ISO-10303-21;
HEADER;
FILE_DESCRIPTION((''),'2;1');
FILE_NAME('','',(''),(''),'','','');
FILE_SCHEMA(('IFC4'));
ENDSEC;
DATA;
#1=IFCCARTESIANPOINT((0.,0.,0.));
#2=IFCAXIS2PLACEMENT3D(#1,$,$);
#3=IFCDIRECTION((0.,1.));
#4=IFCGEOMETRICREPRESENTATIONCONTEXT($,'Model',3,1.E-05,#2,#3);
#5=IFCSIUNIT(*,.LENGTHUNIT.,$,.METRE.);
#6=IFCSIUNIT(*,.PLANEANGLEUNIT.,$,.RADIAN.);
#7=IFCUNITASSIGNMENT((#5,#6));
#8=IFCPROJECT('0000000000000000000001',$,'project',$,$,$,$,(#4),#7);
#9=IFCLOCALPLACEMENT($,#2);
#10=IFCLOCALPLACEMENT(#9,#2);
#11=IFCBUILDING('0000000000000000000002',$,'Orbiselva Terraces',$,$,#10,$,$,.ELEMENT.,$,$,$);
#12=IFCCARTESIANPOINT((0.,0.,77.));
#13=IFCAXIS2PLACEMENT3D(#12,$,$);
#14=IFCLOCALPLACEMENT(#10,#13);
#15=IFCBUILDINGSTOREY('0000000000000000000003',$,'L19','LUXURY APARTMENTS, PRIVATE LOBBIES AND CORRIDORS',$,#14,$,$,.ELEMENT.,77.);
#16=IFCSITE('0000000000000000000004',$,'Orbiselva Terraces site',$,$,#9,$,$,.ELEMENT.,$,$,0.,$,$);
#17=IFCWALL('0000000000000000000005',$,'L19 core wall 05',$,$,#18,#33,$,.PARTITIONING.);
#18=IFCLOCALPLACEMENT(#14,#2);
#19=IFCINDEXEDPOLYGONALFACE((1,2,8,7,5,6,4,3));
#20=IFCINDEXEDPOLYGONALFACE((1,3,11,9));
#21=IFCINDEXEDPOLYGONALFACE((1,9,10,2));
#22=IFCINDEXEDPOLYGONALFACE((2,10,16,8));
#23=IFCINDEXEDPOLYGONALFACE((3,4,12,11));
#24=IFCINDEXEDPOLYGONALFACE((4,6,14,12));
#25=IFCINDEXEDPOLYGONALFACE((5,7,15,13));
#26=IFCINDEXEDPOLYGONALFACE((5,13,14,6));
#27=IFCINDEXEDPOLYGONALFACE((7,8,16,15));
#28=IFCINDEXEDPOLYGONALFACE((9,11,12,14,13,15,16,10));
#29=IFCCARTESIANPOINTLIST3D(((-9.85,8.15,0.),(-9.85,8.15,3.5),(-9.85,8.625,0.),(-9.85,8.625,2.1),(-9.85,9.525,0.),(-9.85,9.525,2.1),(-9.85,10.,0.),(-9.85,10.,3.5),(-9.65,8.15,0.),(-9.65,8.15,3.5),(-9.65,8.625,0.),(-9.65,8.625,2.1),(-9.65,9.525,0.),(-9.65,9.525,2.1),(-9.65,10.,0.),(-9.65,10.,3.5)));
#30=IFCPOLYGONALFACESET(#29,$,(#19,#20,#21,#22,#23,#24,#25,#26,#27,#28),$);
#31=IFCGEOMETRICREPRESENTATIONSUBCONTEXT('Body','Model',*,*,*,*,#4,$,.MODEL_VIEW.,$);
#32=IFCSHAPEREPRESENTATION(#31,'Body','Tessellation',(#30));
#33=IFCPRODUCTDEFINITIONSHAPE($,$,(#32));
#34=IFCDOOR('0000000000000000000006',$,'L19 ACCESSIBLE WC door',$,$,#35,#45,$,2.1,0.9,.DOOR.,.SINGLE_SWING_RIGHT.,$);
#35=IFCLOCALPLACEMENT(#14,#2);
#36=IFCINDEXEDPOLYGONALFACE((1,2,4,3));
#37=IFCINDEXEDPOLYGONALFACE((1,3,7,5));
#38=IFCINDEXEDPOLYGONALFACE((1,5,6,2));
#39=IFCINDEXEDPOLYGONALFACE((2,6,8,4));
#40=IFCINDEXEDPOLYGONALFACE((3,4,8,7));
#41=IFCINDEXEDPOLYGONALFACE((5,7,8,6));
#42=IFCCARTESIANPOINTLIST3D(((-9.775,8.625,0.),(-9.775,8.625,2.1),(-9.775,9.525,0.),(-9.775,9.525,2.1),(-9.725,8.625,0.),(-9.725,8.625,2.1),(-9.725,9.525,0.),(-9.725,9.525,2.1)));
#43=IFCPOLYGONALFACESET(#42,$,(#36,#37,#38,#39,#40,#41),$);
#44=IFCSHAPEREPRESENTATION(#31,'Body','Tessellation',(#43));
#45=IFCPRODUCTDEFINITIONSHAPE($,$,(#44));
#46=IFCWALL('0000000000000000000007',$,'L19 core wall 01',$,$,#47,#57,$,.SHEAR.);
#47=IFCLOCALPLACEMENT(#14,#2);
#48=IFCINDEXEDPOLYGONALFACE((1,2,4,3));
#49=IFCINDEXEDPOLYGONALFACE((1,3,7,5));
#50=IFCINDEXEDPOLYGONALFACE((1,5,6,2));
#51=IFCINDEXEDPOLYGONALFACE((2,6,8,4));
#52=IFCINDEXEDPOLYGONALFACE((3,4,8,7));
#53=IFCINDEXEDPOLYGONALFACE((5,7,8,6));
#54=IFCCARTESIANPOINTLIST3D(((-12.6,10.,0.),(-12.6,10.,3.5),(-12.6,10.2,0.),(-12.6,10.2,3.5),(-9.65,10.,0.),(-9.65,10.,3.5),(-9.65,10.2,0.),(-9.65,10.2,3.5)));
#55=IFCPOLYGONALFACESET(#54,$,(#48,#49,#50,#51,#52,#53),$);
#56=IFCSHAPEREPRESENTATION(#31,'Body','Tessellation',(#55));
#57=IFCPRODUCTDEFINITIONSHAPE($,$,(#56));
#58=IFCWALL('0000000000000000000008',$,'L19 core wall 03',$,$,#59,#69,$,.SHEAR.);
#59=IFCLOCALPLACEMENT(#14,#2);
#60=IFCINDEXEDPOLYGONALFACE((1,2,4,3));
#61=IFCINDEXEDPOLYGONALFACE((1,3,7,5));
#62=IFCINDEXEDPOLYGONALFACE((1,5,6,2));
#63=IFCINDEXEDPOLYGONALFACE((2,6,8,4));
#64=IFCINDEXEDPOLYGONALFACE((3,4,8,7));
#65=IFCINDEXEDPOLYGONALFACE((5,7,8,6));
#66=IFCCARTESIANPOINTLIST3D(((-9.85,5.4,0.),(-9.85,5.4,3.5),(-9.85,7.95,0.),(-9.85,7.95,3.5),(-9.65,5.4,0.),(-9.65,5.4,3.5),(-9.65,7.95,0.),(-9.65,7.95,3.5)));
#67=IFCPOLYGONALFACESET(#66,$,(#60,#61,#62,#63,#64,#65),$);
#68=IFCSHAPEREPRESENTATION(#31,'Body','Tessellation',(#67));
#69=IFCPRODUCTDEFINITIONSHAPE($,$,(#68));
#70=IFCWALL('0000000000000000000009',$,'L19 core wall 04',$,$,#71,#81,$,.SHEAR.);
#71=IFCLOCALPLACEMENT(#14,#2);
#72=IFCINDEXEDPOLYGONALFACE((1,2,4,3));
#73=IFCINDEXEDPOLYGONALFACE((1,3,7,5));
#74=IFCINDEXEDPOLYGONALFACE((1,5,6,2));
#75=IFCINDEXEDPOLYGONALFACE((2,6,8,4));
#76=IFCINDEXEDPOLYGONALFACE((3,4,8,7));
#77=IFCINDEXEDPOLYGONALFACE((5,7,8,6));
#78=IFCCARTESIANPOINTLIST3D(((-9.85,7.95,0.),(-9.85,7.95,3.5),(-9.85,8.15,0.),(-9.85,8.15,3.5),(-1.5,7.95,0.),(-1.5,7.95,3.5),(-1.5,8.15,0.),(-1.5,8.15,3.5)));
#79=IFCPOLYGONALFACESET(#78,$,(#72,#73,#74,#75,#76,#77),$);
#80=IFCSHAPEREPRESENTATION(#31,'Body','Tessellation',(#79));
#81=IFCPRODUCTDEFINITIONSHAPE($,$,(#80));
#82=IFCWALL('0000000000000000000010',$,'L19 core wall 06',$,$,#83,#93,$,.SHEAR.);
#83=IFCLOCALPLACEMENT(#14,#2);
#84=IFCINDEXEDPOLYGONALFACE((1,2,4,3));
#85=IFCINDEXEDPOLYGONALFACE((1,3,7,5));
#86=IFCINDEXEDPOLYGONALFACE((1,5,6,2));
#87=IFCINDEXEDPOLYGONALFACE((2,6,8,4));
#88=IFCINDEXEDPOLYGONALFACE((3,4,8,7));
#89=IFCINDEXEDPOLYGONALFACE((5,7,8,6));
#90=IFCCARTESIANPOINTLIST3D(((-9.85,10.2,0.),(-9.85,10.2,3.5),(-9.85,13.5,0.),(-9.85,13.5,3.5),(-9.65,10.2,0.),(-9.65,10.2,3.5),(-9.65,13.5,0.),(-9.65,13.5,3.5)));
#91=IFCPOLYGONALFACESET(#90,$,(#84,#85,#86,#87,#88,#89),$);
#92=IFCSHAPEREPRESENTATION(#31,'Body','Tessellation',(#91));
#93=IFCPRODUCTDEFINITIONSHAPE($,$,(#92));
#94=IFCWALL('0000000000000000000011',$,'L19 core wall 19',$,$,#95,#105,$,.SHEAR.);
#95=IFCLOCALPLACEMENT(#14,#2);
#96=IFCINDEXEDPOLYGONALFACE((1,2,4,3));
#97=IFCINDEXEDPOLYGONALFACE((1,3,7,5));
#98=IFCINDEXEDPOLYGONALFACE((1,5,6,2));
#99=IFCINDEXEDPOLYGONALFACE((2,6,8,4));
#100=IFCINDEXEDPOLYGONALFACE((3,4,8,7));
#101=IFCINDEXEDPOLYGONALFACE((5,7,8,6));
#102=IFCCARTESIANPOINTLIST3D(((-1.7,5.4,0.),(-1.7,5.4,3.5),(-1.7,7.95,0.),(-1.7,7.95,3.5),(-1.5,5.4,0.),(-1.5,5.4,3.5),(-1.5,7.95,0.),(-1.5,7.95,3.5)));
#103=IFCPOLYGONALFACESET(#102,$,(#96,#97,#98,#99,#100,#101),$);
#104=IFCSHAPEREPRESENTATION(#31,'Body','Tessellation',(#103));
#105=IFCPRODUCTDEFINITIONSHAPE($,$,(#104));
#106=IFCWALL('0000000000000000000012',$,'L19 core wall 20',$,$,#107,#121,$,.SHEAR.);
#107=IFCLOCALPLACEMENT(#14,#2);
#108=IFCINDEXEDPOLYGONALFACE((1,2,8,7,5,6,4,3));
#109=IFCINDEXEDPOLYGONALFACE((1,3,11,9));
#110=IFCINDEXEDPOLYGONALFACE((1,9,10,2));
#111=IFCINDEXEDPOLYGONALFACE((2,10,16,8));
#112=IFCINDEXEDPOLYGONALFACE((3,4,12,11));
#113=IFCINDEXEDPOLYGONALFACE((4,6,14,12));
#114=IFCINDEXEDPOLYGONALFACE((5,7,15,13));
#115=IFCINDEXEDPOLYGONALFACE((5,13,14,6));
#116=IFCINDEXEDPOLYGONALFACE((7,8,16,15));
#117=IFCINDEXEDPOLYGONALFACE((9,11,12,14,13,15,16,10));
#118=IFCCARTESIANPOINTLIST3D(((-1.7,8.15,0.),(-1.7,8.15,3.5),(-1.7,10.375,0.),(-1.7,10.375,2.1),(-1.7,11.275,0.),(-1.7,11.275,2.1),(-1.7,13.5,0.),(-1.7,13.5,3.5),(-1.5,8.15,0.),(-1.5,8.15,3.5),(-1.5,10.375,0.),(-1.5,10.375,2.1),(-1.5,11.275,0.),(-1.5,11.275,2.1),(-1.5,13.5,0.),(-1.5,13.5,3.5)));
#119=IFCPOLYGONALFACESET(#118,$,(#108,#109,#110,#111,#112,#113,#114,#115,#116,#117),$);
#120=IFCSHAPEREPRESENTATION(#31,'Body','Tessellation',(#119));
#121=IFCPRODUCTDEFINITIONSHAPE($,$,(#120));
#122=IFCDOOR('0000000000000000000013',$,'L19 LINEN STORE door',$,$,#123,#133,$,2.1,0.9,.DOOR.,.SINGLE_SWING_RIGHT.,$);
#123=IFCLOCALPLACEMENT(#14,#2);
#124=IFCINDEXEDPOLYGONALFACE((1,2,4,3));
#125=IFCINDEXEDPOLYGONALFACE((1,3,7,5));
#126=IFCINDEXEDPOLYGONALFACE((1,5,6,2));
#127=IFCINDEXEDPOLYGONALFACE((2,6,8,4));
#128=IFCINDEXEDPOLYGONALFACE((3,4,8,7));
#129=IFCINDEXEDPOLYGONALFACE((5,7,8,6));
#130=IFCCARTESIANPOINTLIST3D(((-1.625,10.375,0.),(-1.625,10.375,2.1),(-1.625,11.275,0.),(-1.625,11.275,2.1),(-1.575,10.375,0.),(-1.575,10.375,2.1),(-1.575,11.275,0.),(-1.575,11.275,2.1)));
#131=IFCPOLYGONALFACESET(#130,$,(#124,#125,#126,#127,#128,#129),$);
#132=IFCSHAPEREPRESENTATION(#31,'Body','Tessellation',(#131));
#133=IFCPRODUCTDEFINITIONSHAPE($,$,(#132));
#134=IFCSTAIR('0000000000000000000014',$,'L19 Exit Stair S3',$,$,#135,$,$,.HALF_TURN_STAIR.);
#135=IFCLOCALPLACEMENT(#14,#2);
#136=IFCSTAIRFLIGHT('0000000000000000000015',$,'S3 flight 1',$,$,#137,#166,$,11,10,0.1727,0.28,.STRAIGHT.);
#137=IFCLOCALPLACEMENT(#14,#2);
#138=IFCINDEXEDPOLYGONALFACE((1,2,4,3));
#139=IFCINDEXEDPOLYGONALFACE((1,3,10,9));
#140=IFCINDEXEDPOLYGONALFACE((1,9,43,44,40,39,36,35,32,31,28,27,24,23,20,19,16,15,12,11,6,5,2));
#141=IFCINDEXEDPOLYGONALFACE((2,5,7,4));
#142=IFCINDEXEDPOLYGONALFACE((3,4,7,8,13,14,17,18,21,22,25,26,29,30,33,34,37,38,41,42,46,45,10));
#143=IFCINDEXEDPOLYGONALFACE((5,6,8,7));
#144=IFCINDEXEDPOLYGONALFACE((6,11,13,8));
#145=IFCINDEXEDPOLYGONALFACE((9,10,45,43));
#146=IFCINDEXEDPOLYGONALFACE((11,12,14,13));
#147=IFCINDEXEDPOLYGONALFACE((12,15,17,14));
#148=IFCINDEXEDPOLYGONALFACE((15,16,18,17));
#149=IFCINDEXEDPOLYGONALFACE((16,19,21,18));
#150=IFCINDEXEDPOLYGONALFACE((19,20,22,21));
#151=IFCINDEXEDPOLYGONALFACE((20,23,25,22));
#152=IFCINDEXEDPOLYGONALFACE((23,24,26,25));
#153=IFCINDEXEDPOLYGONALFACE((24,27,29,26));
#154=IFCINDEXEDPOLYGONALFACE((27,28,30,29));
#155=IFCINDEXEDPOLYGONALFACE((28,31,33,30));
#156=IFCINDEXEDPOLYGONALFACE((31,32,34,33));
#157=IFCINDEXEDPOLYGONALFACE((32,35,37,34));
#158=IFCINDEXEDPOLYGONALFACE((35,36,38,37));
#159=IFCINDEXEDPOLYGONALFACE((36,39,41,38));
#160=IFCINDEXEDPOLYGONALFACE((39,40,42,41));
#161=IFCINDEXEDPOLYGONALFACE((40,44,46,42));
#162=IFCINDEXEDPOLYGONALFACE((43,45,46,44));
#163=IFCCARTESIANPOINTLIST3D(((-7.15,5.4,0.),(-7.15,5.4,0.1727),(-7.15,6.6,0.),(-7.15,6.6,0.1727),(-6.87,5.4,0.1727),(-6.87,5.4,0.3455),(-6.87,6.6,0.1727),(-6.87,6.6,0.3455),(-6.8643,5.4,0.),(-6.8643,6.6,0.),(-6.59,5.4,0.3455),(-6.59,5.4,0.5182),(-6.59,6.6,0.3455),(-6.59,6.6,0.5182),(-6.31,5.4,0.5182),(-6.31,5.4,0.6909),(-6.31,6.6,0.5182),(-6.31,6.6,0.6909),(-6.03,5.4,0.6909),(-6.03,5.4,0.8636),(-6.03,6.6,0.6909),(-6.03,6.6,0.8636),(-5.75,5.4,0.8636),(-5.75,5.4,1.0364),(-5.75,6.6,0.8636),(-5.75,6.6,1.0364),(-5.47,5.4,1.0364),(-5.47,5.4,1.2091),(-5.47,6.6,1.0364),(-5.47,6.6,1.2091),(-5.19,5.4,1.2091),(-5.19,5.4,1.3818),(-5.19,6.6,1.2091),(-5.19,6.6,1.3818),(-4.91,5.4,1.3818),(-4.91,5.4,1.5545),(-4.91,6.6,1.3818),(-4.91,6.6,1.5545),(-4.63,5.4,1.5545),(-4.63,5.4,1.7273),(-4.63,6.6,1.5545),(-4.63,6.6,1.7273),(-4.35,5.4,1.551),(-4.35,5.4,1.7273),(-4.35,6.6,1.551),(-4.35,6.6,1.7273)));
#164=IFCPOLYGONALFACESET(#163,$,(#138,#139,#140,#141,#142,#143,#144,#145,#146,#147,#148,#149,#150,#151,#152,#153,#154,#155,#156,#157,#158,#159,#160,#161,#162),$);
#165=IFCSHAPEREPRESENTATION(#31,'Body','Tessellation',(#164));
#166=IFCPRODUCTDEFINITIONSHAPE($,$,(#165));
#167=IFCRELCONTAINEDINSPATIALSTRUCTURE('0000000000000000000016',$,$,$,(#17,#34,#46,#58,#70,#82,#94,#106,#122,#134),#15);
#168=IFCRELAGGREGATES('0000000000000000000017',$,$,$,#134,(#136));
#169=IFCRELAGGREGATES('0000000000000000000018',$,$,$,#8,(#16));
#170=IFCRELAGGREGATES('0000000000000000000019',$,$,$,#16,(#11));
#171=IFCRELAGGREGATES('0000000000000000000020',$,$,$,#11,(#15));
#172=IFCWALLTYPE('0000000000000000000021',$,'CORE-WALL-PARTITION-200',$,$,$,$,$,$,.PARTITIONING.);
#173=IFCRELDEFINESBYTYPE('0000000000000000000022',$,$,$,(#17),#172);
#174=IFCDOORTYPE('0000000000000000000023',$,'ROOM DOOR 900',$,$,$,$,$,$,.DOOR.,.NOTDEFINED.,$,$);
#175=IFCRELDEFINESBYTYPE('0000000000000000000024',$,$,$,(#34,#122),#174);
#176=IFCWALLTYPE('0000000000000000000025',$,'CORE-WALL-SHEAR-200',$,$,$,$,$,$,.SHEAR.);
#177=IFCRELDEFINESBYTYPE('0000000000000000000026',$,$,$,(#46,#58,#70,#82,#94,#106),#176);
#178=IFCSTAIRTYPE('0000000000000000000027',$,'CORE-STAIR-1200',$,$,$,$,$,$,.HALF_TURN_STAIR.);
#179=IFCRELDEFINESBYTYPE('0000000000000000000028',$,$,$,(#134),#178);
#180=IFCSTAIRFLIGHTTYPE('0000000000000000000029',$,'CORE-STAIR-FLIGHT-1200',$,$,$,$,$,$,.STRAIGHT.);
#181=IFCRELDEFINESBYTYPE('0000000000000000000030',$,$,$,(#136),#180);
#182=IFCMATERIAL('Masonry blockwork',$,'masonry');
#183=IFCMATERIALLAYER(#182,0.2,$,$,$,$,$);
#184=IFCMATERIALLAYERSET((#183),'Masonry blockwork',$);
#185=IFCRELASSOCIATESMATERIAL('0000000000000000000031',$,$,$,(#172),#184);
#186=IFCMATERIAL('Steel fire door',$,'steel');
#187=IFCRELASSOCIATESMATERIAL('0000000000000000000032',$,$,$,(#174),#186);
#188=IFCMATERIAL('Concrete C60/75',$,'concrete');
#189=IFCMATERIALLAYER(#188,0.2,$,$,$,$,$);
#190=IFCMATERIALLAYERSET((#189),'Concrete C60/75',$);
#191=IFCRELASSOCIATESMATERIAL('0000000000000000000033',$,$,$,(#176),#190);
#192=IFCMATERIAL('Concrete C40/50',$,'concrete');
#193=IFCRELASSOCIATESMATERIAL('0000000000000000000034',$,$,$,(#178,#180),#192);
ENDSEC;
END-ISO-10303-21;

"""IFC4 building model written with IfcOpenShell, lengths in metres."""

from ifc_helpers import new_model, si_unit, direction, frame, frame_2d, origin, place, context, subcontext, project, spatial, polyline, rectangle, outline, extrude, material, layer, layer_set, type_object, element, fill, aggregate, save


model = new_model("IFC4")

# Units and contexts
model_context = context("Model", 3, precision=1e-05, world=origin(), true_north=direction((0.0, 1.0)))
body_context = subcontext(model_context, "Body", "Model", "MODEL_VIEW")
ifc_project = project(units=[si_unit("LENGTHUNIT", "METRE"), si_unit("PLANEANGLEUNIT", "RADIAN")], contexts=[model_context])

# Site, building, storey
site_placement = place(None, origin())
site = spatial("IfcSite", under=ifc_project, at=site_placement, Name="Orbiselva Terraces site", CompositionType="ELEMENT", RefElevation=0.0)
building_placement = place(site_placement, origin())
building = spatial("IfcBuilding", under=site, at=building_placement, Name="Orbiselva Terraces", CompositionType="ELEMENT")
storey_placement = place(building_placement, frame((0.0, 0.0, 77.0)))
storey = spatial("IfcBuildingStorey", under=building, at=storey_placement, Name="L19", Description="LUXURY APARTMENTS, PRIVATE LOBBIES AND CORRIDORS", CompositionType="ELEMENT", Elevation=77.0)

# Wall, opening, door
ifc_material_1 = material(Name="Masonry blockwork", Category="masonry")
ifc_layer_1 = layer(ifc_material_1, 0.2)
ifc_layer_set_1 = layer_set([ifc_layer_1], Name="Masonry blockwork")
wall_type_1 = type_object("IfcWallType", Name="CORE-WALL-PARTITION-200", PredefinedType="PARTITIONING", material=ifc_layer_set_1)
wall_1_placement = place(storey_placement, frame((-9.75, 8.15, 0.0), z_axis=(0.0, 0.0, 1.0), x_axis=(0.0, 1.0, 0.0)))
wall_1 = element("IfcWall", 1, at=wall_1_placement, inside=storey, type_object=wall_type_1, Name="L19 core wall 05", PredefinedType="PARTITIONING", context=body_context, shape_type="SweptSolid", body=[
    extrude(rectangle(XDim=1.85, YDim=0.2, at=frame_2d((0.925, 0.0))), origin(), (0.0, 0.0, 1.0), 3.5),
])
opening_1_placement = place(wall_1_placement, frame((0.475, 0.0, 0.0)))
opening_1 = element("IfcOpeningElement", 2, at=opening_1_placement, cuts=wall_1, PredefinedType="OPENING", context=body_context, shape_type="SweptSolid", body=[
    extrude(rectangle(XDim=0.9, YDim=2.1, at=frame_2d((0.45, 1.05))), frame((0.0, 0.11, 0.0), z_axis=(0.0, -1.0, 0.0), x_axis=(1.0, 0.0, 0.0)), (0.0, 0.0, 1.0), 0.22),
])
ifc_material_2 = material(Name="Steel fire door", Category="steel")
door_type = type_object("IfcDoorType", Name="ROOM DOOR 900", OperationType="NOTDEFINED", PredefinedType="DOOR", material=ifc_material_2)
door_1_placement = place(opening_1_placement, origin())
door_1 = element("IfcDoor", 3, at=door_1_placement, inside=storey, type_object=door_type, Name="L19 ACCESSIBLE WC door", OperationType="SINGLE_SWING_RIGHT", OverallHeight=2.1, OverallWidth=0.9, PredefinedType="DOOR", context=body_context, shape_type="SweptSolid", body=[
    extrude(rectangle(XDim=0.9, YDim=2.1, at=frame_2d((0.45, 1.05))), frame((0.0, 0.025, 0.0), z_axis=(0.0, -1.0, 0.0), x_axis=(1.0, 0.0, 0.0)), (0.0, 0.0, 1.0), 0.05),
])
fill(opening_1, door_1)

# Walls
ifc_material_3 = material(Name="Concrete C60/75", Category="concrete")
ifc_layer_2 = layer(ifc_material_3, 0.2)
ifc_layer_set_2 = layer_set([ifc_layer_2], Name="Concrete C60/75")
wall_type_2 = type_object("IfcWallType", Name="CORE-WALL-SHEAR-200", PredefinedType="SHEAR", material=ifc_layer_set_2)
wall_2_placement = place(storey_placement, frame((-12.6, 10.1, 0.0), z_axis=(0.0, 0.0, 1.0), x_axis=(1.0, 0.0, 0.0)))
element("IfcWall", 4, at=wall_2_placement, inside=storey, type_object=wall_type_2, Name="L19 core wall 01", PredefinedType="SHEAR", context=body_context, shape_type="SweptSolid", body=[
    extrude(rectangle(XDim=2.95, YDim=0.2, at=frame_2d((1.475, 0.0))), origin(), (0.0, 0.0, 1.0), 3.5),
])
wall_3_placement = place(storey_placement, frame((-9.75, 5.4, 0.0), z_axis=(0.0, 0.0, 1.0), x_axis=(0.0, 1.0, 0.0)))
element("IfcWall", 5, at=wall_3_placement, inside=storey, type_object=wall_type_2, Name="L19 core wall 03", PredefinedType="SHEAR", context=body_context, shape_type="SweptSolid", body=[
    extrude(rectangle(XDim=2.55, YDim=0.2, at=frame_2d((1.275, 0.0))), origin(), (0.0, 0.0, 1.0), 3.5),
])
wall_4_placement = place(storey_placement, frame((-9.85, 8.05, 0.0), z_axis=(0.0, 0.0, 1.0), x_axis=(1.0, 0.0, 0.0)))
element("IfcWall", 6, at=wall_4_placement, inside=storey, type_object=wall_type_2, Name="L19 core wall 04", PredefinedType="SHEAR", context=body_context, shape_type="SweptSolid", body=[
    extrude(rectangle(XDim=8.35, YDim=0.2, at=frame_2d((4.175, 0.0))), origin(), (0.0, 0.0, 1.0), 3.5),
])
wall_5_placement = place(storey_placement, frame((-9.75, 10.2, 0.0), z_axis=(0.0, 0.0, 1.0), x_axis=(0.0, 1.0, 0.0)))
element("IfcWall", 7, at=wall_5_placement, inside=storey, type_object=wall_type_2, Name="L19 core wall 06", PredefinedType="SHEAR", context=body_context, shape_type="SweptSolid", body=[
    extrude(rectangle(XDim=3.3, YDim=0.2, at=frame_2d((1.65, 0.0))), origin(), (0.0, 0.0, 1.0), 3.5),
])
wall_6_placement = place(storey_placement, frame((-1.6, 5.4, 0.0), z_axis=(0.0, 0.0, 1.0), x_axis=(0.0, 1.0, 0.0)))
element("IfcWall", 8, at=wall_6_placement, inside=storey, type_object=wall_type_2, Name="L19 core wall 19", PredefinedType="SHEAR", context=body_context, shape_type="SweptSolid", body=[
    extrude(rectangle(XDim=2.55, YDim=0.2, at=frame_2d((1.275, 0.0))), origin(), (0.0, 0.0, 1.0), 3.5),
])

# Wall, opening, door
wall_7_placement = place(storey_placement, frame((-1.6, 8.15, 0.0), z_axis=(0.0, 0.0, 1.0), x_axis=(0.0, 1.0, 0.0)))
wall_7 = element("IfcWall", 9, at=wall_7_placement, inside=storey, type_object=wall_type_2, Name="L19 core wall 20", PredefinedType="SHEAR", context=body_context, shape_type="SweptSolid", body=[
    extrude(rectangle(XDim=5.35, YDim=0.2, at=frame_2d((2.675, 0.0))), origin(), (0.0, 0.0, 1.0), 3.5),
])
opening_2_placement = place(wall_7_placement, frame((2.225, 0.0, 0.0)))
opening_2 = element("IfcOpeningElement", 10, at=opening_2_placement, cuts=wall_7, PredefinedType="OPENING", context=body_context, shape_type="SweptSolid", body=[
    extrude(rectangle(XDim=0.9, YDim=2.1, at=frame_2d((0.45, 1.05))), frame((0.0, 0.11, 0.0), z_axis=(0.0, -1.0, 0.0), x_axis=(1.0, 0.0, 0.0)), (0.0, 0.0, 1.0), 0.22),
])
door_2_placement = place(opening_2_placement, origin())
door_2 = element("IfcDoor", 11, at=door_2_placement, inside=storey, type_object=door_type, Name="L19 LINEN STORE door", OperationType="SINGLE_SWING_RIGHT", OverallHeight=2.1, OverallWidth=0.9, PredefinedType="DOOR", context=body_context, shape_type="SweptSolid", body=[
    extrude(rectangle(XDim=0.9, YDim=2.1, at=frame_2d((0.45, 1.05))), frame((0.0, 0.025, 0.0), z_axis=(0.0, -1.0, 0.0), x_axis=(1.0, 0.0, 0.0)), (0.0, 0.0, 1.0), 0.05),
])
fill(opening_2, door_2)

# Stair, stair flight
ifc_material_4 = material(Name="Concrete C40/50", Category="concrete")
stair_type_1 = type_object("IfcStairType", Name="CORE-STAIR-1200", PredefinedType="HALF_TURN_STAIR", material=ifc_material_4)
stair_1_placement = place(storey_placement, origin())
stair_1 = element("IfcStair", 12, at=stair_1_placement, inside=storey, type_object=stair_type_1, Name="L19 Exit Stair S3", PredefinedType="HALF_TURN_STAIR")
stair_flight_type_1 = type_object("IfcStairFlightType", Name="CORE-STAIR-FLIGHT-1200", PredefinedType="STRAIGHT", material=ifc_material_4)
stair_flight_1_placement = place(storey_placement, frame((-7.15, 6.0, 0.0), z_axis=(0.0, 0.0, 1.0), x_axis=(1.0, 0.0, 0.0)))
stair_flight_1 = element("IfcStairFlight", 13, at=stair_flight_1_placement, type_object=stair_flight_type_1, Name="S3 flight 1", NumberOfRisers=11, NumberOfTreads=10, PredefinedType="STRAIGHT", RiserHeight=0.1727, TreadLength=0.28, context=body_context, shape_type="SweptSolid", body=[
    extrude(outline(polyline([(0.0, 0.0), (0.0, 0.1727), (0.28, 0.1727), (0.28, 0.3455), (0.56, 0.3455), (0.56, 0.5182), (0.84, 0.5182), (0.84, 0.6909), (1.12, 0.6909), (1.12, 0.8636), (1.4, 0.8636), (1.4, 1.0364), (1.68, 1.0364), (1.68, 1.2091), (1.96, 1.2091), (1.96, 1.3818), (2.24, 1.3818), (2.24, 1.5545), (2.52, 1.5545), (2.52, 1.7273), (2.8, 1.7273), (2.8, 1.9), (2.8, 1.551), (0.2857, 0.0), (0.0, 0.0)])), frame((0.0, 0.6, 0.0), z_axis=(0.0, -1.0, 0.0), x_axis=(1.0, 0.0, 0.0)), (0.0, 0.0, 1.0), 1.2),
])
aggregate(stair_1, [stair_flight_1])

save(model, "model.ifc")
